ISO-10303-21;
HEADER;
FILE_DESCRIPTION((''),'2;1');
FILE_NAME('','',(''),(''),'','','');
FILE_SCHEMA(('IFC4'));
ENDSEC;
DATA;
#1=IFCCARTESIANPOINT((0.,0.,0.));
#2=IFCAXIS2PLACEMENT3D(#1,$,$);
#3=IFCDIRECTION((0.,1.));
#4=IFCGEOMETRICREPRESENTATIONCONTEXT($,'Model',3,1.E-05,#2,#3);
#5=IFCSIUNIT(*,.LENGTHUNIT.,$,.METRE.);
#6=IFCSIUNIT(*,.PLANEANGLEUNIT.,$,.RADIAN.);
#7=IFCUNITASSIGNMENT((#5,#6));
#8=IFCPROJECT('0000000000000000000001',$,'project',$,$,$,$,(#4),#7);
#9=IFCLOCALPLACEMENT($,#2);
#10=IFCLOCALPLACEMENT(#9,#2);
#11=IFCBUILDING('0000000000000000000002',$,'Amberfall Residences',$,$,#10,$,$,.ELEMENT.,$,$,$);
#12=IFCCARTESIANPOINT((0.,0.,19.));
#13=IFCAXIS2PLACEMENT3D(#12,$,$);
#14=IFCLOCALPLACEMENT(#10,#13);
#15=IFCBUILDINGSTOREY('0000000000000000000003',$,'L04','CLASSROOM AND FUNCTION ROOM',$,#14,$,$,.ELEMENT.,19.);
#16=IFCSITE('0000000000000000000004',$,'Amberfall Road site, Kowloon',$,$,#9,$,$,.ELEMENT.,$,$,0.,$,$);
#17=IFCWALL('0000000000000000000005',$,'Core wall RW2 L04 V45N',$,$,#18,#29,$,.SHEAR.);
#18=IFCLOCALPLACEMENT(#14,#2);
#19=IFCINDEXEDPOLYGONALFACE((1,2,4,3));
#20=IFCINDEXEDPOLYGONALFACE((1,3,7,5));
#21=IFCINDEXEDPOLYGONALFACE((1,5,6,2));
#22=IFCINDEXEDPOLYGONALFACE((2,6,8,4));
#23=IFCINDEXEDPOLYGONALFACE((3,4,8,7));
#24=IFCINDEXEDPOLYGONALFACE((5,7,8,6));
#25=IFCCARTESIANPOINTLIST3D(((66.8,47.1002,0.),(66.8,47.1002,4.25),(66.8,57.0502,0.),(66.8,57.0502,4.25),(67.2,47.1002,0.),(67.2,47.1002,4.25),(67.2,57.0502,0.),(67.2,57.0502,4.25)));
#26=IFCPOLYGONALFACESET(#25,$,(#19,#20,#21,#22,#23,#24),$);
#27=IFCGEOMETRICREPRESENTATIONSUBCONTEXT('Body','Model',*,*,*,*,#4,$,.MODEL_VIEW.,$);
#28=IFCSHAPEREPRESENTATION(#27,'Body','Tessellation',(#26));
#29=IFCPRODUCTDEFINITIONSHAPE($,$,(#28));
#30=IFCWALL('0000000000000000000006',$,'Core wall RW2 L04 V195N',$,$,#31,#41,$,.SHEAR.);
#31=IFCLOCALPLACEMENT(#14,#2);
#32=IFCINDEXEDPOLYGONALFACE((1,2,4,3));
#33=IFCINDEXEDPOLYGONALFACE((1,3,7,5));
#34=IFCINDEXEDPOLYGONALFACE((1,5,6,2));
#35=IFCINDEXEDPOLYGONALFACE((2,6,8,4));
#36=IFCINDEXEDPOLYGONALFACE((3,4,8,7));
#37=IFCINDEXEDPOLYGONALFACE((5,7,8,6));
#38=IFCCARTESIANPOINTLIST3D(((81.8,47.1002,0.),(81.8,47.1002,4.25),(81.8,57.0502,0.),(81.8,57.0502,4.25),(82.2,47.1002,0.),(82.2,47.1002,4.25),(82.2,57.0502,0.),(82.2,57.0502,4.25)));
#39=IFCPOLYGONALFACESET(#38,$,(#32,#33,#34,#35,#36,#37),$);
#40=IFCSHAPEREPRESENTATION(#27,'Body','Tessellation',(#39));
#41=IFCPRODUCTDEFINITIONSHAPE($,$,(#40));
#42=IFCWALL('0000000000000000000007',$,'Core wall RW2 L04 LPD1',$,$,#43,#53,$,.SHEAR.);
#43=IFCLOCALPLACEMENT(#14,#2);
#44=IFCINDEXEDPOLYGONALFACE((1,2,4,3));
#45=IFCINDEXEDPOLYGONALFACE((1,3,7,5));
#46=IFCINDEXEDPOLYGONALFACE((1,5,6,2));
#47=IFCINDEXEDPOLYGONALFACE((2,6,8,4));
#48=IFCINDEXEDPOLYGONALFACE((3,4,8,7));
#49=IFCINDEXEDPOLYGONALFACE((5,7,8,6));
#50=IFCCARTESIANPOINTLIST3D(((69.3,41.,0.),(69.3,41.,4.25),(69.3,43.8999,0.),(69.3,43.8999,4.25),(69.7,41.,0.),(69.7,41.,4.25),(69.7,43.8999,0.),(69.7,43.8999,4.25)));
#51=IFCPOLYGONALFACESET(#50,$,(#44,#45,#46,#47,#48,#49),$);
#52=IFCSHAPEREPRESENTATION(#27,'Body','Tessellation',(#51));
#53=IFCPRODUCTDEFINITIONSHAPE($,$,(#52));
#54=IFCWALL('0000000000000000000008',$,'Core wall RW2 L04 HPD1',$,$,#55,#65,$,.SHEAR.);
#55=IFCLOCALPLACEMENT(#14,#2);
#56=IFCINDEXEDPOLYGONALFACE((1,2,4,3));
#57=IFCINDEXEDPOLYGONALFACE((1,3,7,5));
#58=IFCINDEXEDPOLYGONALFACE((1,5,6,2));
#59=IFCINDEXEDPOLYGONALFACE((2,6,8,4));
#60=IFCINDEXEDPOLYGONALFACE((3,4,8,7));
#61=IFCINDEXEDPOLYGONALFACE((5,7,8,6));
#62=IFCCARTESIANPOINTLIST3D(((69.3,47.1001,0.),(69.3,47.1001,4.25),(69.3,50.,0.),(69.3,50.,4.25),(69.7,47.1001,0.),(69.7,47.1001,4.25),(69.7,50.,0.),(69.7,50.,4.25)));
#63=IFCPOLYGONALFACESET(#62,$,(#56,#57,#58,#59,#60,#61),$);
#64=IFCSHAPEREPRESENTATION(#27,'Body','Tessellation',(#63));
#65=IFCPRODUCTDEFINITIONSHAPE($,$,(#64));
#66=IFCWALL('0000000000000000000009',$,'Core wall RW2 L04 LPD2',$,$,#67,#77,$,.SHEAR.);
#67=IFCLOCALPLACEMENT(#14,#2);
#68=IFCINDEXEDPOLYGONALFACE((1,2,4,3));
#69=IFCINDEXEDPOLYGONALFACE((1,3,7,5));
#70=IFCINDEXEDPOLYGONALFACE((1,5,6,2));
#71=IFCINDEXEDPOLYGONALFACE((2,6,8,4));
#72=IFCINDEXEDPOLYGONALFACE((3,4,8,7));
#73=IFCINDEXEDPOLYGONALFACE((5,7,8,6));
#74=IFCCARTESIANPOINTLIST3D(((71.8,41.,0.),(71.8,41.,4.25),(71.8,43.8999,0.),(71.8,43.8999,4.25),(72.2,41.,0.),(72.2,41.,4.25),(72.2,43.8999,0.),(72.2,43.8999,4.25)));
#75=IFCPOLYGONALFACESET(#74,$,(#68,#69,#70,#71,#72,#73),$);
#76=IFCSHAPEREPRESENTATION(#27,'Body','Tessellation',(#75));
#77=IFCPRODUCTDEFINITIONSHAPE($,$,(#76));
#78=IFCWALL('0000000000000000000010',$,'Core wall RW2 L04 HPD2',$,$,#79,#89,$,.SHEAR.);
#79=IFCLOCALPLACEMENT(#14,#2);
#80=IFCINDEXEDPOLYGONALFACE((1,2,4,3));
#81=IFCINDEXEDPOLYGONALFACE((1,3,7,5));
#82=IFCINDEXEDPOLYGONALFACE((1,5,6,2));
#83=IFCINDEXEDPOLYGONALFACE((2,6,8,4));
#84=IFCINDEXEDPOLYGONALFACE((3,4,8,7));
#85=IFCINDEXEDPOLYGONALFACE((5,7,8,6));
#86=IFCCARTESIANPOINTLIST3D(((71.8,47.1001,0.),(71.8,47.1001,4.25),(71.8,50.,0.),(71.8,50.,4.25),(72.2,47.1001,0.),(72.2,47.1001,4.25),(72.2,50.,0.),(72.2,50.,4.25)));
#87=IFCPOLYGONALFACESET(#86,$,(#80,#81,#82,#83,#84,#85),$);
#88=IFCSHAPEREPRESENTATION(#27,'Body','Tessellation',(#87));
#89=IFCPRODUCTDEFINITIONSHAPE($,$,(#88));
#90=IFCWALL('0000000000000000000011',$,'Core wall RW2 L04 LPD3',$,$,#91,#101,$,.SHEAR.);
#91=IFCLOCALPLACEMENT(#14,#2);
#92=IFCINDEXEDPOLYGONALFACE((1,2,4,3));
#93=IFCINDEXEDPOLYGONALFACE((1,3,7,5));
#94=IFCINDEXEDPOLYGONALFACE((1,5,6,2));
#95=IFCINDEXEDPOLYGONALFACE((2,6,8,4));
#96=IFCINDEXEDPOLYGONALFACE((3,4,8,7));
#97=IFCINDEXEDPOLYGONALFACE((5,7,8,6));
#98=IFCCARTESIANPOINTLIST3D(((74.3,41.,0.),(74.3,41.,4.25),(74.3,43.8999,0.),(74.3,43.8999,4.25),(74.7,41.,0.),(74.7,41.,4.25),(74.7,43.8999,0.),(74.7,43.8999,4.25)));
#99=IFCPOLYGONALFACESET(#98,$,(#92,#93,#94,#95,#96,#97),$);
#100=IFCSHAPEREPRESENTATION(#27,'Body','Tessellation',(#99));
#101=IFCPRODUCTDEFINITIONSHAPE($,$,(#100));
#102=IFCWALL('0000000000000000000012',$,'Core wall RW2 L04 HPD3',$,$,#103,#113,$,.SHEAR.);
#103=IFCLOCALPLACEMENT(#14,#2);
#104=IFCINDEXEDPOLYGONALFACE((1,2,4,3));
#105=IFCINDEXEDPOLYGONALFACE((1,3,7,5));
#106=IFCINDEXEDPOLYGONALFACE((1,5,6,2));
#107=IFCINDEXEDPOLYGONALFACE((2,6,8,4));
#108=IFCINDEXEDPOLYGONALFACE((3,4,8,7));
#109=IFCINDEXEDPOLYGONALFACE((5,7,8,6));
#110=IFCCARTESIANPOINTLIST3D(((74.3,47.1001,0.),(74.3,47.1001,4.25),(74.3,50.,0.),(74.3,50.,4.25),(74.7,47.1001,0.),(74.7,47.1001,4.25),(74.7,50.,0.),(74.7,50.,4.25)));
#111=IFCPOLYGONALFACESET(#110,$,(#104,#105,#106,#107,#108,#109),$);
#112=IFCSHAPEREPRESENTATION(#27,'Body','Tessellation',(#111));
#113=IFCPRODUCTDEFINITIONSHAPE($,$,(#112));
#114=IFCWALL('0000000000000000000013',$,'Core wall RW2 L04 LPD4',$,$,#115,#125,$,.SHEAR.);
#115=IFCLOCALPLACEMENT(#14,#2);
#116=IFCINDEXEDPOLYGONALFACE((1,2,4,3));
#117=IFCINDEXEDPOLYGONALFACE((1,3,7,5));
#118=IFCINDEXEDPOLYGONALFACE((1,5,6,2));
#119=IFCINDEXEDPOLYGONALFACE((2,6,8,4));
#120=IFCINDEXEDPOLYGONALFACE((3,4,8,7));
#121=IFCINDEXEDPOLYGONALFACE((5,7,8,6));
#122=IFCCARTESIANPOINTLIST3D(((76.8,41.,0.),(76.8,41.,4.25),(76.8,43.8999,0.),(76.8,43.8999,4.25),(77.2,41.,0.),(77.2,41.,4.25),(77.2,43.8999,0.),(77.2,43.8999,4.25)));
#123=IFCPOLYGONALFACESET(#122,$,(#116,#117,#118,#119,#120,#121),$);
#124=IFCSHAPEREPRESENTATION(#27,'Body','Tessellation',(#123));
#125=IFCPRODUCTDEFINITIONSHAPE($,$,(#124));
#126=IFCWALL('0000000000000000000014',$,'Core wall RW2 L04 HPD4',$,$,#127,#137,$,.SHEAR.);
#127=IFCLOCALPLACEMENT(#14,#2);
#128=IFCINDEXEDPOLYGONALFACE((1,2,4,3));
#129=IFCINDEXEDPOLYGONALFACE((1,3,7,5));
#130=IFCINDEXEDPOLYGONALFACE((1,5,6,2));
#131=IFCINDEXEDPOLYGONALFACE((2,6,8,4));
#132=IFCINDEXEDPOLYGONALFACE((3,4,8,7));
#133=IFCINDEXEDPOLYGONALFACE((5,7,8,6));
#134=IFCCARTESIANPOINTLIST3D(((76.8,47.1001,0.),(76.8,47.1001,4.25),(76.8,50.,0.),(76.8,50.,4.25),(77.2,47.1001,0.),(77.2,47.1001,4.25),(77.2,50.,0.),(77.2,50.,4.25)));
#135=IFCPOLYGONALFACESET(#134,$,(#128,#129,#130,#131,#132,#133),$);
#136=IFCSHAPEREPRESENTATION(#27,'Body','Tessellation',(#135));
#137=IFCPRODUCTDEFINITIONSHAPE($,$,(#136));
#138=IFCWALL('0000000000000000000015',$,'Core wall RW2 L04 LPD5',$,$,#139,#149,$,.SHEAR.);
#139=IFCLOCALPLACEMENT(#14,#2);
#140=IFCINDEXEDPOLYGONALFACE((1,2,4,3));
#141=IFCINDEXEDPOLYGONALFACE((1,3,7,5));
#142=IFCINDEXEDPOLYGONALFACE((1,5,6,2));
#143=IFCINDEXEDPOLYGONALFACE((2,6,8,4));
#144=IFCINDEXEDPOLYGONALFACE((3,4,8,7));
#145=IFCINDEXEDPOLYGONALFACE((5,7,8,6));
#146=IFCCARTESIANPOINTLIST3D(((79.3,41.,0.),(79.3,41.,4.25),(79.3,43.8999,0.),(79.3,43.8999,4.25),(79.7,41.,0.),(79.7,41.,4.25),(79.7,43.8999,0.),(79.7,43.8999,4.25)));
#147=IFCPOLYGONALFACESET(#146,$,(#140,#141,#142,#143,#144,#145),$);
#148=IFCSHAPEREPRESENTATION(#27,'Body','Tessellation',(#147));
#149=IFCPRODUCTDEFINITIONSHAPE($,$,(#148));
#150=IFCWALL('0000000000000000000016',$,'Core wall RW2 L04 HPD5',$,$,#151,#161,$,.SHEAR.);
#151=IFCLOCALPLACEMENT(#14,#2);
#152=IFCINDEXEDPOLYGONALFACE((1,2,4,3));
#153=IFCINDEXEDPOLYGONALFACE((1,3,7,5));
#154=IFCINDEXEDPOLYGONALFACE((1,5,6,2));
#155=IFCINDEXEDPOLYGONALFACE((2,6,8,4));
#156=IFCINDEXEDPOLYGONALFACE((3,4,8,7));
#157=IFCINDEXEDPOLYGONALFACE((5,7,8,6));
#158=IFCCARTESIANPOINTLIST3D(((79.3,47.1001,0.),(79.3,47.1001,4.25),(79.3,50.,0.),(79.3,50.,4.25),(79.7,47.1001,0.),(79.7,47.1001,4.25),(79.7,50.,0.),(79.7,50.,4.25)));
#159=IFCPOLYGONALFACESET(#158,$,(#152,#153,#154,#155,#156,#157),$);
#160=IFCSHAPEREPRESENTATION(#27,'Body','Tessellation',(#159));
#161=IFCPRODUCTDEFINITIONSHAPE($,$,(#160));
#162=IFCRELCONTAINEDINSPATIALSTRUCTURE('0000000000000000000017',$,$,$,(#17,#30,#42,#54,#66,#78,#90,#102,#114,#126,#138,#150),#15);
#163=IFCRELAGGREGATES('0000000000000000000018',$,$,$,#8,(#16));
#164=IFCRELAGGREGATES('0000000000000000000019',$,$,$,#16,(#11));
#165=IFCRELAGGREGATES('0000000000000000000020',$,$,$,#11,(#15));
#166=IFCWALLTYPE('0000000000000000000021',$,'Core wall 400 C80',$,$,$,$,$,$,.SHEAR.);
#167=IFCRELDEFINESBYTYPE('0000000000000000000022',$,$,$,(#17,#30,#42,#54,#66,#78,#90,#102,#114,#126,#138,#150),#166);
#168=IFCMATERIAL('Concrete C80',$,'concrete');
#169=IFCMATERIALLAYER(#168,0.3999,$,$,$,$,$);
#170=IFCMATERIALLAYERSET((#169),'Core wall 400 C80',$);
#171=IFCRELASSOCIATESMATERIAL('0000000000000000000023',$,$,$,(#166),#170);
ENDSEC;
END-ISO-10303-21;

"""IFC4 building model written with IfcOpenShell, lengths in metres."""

from ifc_helpers import new_model, si_unit, direction, frame, frame_2d, origin, place, context, subcontext, project, spatial, rectangle, extrude, material, layer, layer_set, type_object, element, save


model = new_model("IFC4")

# Units and contexts
model_context = context("Model", 3, precision=1e-05, world=origin(), true_north=direction((0.0, 1.0)))
body_context = subcontext(model_context, "Body", "Model", "MODEL_VIEW")
ifc_project = project(units=[si_unit("LENGTHUNIT", "METRE"), si_unit("PLANEANGLEUNIT", "RADIAN")], contexts=[model_context])

# Site, building, storey
site_placement = place(None, origin())
site = spatial("IfcSite", under=ifc_project, at=site_placement, Name="Amberfall Road site, Kowloon", CompositionType="ELEMENT", RefElevation=0.0)
building_placement = place(site_placement, origin())
building = spatial("IfcBuilding", under=site, at=building_placement, Name="Amberfall Residences", CompositionType="ELEMENT")
storey_placement = place(building_placement, frame((0.0, 0.0, 19.0)))
storey = spatial("IfcBuildingStorey", under=building, at=storey_placement, Name="L04", Description="CLASSROOM AND FUNCTION ROOM", CompositionType="ELEMENT", Elevation=19.0)

# Walls
ifc_material_1 = material(Name="Concrete C80", Category="concrete")
ifc_layer = layer(ifc_material_1, 0.3999)
ifc_layer_set = layer_set([ifc_layer], Name="Core wall 400 C80")
wall_type = type_object("IfcWallType", Name="Core wall 400 C80", PredefinedType="SHEAR", material=ifc_layer_set)
for number, where, z_axis, x_axis, name in (
    (1, (67.0, 47.1001, 0.0), (0.0, 0.0, 1.0), (0.0, 1.0, 0.0), "Core wall RW2 L04 V45N"),
    (2, (82.0, 47.1001, 0.0), (0.0, 0.0, 1.0), (0.0, 1.0, 0.0), "Core wall RW2 L04 V195N"),
):
    element("IfcWall", number, at=place(storey_placement, frame(where, z_axis=z_axis, x_axis=x_axis)), inside=storey, type_object=wall_type, Name=name, PredefinedType="SHEAR", context=body_context, shape_type="SweptSolid", body=[
        extrude(rectangle(XDim=9.95, YDim=0.3999, at=frame_2d((4.9751, 0.0))), origin(), (0.0, 0.0, 1.0), 4.25),
    ])
for number, where, z_axis, x_axis, name in (
    (3, (69.5, 41.0, 0.0), (0.0, 0.0, 1.0), (0.0, 1.0, 0.0), "Core wall RW2 L04 LPD1"),
    (4, (69.5, 47.1001, 0.0), (0.0, 0.0, 1.0), (0.0, 1.0, 0.0), "Core wall RW2 L04 HPD1"),
    (5, (72.0, 41.0, 0.0), (0.0, 0.0, 1.0), (0.0, 1.0, 0.0), "Core wall RW2 L04 LPD2"),
    (6, (72.0, 47.1001, 0.0), (0.0, 0.0, 1.0), (0.0, 1.0, 0.0), "Core wall RW2 L04 HPD2"),
    (7, (74.5, 41.0, 0.0), (0.0, 0.0, 1.0), (0.0, 1.0, 0.0), "Core wall RW2 L04 LPD3"),
    (8, (74.5, 47.1001, 0.0), (0.0, 0.0, 1.0), (0.0, 1.0, 0.0), "Core wall RW2 L04 HPD3"),
    (9, (77.0, 41.0, 0.0), (0.0, 0.0, 1.0), (0.0, 1.0, 0.0), "Core wall RW2 L04 LPD4"),
    (10, (77.0, 47.1001, 0.0), (0.0, 0.0, 1.0), (0.0, 1.0, 0.0), "Core wall RW2 L04 HPD4"),
    (11, (79.5, 41.0, 0.0), (0.0, 0.0, 1.0), (0.0, 1.0, 0.0), "Core wall RW2 L04 LPD5"),
    (12, (79.5, 47.1001, 0.0), (0.0, 0.0, 1.0), (0.0, 1.0, 0.0), "Core wall RW2 L04 HPD5"),
):
    element("IfcWall", number, at=place(storey_placement, frame(where, z_axis=z_axis, x_axis=x_axis)), inside=storey, type_object=wall_type, Name=name, PredefinedType="SHEAR", context=body_context, shape_type="SweptSolid", body=[
        extrude(rectangle(XDim=2.8999, YDim=0.3999, at=frame_2d((1.45, 0.0))), origin(), (0.0, 0.0, 1.0), 4.25),
    ])

save(model, "model.ifc")
